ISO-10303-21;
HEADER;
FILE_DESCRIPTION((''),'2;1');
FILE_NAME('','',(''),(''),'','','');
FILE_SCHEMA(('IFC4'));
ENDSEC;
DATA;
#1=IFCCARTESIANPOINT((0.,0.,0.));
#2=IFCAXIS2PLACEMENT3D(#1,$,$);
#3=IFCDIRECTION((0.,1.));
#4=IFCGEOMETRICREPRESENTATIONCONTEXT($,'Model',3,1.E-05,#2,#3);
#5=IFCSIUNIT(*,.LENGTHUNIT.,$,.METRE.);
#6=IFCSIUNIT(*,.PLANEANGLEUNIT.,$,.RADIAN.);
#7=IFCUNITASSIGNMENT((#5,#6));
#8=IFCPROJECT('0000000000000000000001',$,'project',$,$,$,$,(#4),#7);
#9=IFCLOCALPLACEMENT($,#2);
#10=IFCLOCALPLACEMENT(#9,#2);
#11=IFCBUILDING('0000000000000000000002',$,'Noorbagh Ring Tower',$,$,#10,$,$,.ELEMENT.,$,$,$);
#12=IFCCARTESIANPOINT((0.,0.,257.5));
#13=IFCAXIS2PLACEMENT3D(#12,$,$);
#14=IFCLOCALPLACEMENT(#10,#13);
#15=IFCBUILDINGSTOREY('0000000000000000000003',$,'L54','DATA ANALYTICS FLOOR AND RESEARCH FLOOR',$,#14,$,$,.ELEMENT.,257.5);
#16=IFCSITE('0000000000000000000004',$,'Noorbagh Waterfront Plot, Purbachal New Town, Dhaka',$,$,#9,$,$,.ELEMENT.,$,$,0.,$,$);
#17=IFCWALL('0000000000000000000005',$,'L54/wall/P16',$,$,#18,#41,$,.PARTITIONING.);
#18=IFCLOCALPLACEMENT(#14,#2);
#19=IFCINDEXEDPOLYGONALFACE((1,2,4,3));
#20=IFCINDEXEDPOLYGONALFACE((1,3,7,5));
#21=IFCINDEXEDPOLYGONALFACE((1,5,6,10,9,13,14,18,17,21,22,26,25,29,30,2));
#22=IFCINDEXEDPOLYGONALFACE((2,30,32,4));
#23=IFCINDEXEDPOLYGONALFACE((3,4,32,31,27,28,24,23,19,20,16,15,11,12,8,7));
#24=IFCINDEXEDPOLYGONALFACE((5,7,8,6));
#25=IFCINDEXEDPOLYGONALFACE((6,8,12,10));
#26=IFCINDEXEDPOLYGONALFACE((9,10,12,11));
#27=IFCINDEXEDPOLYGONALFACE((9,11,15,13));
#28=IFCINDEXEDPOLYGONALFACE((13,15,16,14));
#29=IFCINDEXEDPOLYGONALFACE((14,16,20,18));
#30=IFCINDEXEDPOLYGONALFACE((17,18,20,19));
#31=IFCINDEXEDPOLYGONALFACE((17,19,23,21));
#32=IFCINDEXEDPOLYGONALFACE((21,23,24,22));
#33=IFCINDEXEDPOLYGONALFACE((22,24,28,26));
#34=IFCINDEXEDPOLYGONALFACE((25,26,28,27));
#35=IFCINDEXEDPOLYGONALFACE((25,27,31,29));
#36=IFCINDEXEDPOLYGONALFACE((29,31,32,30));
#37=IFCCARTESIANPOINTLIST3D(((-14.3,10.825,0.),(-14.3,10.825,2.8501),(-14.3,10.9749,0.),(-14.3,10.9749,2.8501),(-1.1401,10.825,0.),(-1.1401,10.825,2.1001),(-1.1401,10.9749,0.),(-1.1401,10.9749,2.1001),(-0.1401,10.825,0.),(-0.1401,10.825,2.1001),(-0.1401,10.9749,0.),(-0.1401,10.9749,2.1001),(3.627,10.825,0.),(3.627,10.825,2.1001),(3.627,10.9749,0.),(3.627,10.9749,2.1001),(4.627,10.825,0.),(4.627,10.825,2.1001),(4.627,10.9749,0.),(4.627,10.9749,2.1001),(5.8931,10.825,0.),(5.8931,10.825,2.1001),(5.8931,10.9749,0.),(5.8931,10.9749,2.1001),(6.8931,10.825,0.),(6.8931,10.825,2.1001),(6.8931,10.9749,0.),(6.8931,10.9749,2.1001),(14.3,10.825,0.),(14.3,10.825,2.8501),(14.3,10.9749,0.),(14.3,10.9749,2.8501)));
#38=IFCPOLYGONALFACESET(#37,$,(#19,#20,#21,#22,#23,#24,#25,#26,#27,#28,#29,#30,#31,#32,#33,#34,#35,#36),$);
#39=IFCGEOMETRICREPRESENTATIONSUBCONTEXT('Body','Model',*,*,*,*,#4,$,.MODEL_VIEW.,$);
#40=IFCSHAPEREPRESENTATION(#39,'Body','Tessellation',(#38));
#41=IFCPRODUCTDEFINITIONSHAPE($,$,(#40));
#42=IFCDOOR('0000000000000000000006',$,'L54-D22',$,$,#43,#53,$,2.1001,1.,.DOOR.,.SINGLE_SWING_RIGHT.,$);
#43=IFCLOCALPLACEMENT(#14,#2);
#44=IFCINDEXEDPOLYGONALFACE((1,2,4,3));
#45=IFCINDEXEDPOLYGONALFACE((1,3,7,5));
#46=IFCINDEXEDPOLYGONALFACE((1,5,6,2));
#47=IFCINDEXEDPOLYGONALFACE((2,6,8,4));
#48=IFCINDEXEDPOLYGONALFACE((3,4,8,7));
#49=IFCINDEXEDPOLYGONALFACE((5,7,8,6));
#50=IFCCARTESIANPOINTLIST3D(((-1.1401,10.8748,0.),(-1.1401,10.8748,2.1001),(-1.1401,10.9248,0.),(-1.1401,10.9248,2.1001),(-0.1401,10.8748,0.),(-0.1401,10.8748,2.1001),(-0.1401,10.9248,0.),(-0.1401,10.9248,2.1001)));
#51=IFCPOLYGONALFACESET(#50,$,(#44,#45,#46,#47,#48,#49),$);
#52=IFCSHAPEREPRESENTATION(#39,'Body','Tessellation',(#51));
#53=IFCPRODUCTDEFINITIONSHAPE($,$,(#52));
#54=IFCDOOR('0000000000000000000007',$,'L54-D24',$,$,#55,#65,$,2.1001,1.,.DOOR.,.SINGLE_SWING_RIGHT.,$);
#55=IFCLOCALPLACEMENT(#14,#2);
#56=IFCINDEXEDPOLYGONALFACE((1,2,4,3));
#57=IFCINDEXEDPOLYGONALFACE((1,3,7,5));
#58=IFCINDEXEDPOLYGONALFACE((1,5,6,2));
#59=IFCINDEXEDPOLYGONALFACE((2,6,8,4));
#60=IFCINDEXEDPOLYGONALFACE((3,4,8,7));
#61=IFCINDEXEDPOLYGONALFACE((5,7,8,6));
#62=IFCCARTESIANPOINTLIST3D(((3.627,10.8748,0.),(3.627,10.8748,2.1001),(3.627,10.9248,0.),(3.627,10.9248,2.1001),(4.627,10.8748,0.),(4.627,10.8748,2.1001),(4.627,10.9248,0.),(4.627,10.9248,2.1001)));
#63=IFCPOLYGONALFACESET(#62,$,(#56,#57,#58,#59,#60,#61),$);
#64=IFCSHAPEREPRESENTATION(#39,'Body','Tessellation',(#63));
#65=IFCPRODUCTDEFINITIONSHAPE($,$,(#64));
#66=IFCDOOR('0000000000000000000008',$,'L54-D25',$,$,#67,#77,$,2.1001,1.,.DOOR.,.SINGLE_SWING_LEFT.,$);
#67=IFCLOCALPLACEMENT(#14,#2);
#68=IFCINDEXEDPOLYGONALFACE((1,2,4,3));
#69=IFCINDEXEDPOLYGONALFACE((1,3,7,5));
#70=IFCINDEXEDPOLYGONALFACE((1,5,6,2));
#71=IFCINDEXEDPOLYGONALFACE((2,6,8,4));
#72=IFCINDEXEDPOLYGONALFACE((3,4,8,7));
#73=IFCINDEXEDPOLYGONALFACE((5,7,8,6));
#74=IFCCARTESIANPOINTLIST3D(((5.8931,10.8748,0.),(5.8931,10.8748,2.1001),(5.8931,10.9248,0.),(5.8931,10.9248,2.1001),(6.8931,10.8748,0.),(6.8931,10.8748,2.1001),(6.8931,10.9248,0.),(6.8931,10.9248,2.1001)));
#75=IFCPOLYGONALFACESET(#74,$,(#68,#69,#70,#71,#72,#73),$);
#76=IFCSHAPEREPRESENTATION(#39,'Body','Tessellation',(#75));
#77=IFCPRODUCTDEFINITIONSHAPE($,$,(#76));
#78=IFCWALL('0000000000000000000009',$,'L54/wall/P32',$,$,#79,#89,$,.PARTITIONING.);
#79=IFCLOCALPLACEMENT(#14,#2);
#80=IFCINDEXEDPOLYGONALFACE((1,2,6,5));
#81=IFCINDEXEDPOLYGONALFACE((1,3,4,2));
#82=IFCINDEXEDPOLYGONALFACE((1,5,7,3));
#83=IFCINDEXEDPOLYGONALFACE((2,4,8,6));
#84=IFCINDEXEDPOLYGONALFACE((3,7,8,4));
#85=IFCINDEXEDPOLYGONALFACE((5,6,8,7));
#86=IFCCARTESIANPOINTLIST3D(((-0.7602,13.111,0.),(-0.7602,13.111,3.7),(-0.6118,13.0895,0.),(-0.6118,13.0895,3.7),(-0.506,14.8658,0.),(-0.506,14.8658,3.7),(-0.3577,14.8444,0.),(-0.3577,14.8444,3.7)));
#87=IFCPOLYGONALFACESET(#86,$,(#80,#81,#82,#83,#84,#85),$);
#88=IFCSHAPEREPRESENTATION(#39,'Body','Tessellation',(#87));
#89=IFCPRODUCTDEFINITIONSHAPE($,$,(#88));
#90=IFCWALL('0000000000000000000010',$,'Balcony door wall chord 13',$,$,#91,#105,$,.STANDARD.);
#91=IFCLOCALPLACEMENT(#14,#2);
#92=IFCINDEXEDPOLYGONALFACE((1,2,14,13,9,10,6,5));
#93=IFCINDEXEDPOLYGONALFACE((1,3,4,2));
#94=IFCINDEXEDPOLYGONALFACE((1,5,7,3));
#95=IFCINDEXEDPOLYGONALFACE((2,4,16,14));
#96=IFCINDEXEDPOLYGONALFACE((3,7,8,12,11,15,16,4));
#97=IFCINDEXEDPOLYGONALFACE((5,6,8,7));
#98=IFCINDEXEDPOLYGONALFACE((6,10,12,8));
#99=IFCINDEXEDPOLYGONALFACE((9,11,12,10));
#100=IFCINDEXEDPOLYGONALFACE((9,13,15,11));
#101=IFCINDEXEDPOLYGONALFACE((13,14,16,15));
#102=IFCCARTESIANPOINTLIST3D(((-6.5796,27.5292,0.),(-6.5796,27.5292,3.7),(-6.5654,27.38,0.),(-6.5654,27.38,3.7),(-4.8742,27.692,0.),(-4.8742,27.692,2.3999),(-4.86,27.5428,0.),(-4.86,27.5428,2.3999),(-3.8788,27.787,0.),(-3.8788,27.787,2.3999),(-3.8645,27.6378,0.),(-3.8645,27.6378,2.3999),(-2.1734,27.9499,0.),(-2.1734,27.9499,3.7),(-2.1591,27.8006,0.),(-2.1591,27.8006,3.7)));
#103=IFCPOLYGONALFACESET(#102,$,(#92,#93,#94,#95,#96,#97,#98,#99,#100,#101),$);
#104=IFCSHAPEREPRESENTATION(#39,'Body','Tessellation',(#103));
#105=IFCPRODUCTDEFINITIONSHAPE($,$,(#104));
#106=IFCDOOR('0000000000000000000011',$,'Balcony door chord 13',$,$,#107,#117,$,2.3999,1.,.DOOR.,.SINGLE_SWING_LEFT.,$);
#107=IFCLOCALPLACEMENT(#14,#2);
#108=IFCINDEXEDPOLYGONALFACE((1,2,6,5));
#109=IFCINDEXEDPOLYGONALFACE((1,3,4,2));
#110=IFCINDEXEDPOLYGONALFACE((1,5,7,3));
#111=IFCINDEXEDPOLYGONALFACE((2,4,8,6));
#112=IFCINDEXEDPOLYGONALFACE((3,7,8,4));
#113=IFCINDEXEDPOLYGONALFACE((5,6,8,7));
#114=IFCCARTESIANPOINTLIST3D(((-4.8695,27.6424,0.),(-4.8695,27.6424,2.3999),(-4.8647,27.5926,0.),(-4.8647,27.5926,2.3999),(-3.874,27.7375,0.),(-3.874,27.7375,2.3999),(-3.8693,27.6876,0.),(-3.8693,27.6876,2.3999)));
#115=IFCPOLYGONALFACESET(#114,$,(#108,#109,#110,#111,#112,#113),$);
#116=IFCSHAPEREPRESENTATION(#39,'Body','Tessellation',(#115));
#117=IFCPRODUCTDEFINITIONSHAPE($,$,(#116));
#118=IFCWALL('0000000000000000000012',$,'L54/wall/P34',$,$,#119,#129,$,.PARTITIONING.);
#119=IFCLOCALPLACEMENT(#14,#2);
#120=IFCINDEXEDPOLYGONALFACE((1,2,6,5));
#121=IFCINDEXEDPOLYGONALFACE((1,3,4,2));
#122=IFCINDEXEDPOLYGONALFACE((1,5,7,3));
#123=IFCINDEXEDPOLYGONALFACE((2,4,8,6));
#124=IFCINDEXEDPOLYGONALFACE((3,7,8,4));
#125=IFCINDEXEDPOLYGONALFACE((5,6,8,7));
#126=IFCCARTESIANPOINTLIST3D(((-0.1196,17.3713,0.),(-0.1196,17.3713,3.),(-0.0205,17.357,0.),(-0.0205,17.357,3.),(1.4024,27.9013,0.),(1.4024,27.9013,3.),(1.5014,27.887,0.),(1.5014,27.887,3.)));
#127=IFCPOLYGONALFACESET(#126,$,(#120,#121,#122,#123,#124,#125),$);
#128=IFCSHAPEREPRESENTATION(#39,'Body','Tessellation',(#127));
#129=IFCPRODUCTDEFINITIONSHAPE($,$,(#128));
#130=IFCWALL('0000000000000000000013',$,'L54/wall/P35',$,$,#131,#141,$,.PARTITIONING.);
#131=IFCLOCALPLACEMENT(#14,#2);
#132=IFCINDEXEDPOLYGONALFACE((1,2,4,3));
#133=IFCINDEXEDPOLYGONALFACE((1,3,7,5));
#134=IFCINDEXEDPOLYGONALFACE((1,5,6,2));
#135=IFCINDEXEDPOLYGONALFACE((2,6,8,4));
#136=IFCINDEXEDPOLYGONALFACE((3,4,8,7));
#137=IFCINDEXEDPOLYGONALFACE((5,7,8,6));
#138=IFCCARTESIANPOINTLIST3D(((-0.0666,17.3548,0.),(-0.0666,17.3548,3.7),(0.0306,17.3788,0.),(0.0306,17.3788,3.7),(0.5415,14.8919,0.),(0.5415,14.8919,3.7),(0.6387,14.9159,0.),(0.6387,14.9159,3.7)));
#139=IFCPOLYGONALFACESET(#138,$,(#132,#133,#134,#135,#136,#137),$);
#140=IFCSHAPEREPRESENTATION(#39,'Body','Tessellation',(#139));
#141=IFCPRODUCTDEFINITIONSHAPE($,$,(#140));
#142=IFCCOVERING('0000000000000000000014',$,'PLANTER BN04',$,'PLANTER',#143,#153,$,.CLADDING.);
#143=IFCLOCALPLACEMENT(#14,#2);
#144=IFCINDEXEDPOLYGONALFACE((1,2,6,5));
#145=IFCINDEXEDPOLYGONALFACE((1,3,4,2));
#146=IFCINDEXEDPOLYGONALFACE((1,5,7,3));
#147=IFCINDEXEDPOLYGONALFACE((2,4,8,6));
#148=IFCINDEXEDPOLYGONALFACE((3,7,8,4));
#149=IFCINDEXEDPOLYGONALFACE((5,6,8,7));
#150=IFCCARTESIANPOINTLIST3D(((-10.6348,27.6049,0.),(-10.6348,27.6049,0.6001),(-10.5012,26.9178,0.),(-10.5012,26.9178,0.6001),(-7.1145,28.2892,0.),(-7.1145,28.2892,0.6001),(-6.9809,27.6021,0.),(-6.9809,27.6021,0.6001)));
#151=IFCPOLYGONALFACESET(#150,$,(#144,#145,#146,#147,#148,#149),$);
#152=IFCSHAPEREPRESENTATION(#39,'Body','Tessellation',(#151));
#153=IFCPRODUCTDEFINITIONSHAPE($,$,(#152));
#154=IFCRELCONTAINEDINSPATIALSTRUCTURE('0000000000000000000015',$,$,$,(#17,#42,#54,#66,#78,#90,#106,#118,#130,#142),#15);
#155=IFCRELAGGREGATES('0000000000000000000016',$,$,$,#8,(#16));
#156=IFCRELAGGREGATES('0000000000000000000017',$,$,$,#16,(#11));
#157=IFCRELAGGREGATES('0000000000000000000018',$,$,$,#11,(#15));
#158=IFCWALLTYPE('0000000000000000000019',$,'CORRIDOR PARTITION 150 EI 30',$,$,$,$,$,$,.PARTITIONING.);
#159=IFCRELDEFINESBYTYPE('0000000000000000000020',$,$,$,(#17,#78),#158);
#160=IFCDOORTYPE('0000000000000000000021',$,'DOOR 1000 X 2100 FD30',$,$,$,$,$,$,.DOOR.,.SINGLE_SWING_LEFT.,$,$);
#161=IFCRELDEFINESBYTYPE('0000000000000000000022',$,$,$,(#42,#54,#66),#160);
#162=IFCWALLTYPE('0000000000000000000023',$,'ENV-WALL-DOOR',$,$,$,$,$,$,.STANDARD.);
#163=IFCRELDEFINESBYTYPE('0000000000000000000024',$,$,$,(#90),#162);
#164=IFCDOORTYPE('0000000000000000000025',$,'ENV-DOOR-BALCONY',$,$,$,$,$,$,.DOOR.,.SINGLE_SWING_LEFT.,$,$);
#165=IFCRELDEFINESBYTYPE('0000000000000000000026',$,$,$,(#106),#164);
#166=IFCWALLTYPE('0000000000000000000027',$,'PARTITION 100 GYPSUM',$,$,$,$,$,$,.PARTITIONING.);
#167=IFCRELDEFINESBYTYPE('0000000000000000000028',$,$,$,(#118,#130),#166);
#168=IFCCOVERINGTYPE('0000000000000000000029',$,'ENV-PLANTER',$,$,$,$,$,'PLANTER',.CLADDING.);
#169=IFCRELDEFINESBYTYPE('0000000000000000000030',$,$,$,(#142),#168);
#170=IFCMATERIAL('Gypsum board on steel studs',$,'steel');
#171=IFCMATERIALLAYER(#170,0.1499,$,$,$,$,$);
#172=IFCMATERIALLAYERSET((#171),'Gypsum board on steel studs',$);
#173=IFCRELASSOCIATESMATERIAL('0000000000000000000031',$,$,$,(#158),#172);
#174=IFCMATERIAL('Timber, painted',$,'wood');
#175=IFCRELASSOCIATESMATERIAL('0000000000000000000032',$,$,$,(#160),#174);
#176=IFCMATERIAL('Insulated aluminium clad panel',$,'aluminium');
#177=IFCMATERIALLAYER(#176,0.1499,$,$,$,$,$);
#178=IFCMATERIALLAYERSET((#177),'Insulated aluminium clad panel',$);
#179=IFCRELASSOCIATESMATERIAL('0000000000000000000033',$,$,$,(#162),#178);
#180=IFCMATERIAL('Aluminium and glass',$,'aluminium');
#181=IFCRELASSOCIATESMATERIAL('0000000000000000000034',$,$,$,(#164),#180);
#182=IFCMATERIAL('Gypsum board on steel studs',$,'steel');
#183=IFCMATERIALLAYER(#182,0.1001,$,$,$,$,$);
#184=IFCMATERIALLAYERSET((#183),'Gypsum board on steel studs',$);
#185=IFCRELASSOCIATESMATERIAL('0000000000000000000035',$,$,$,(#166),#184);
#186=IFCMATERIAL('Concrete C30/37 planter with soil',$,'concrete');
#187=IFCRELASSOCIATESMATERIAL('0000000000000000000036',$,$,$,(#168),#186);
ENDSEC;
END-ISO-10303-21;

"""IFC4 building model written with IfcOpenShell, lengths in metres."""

from ifc_helpers import new_model, si_unit, direction, frame, frame_2d, origin, origin_2d, place, context, subcontext, project, spatial, rectangle, extrude, material, layer, layer_set, type_object, element, fill, save


model = new_model("IFC4")

# Units and contexts
model_context = context("Model", 3, precision=1e-05, world=origin(), true_north=direction((0.0, 1.0)))
body_context = subcontext(model_context, "Body", "Model", "MODEL_VIEW")
ifc_project = project(units=[si_unit("LENGTHUNIT", "METRE"), si_unit("PLANEANGLEUNIT", "RADIAN")], contexts=[model_context])

# Site, building, storey
site_placement = place(None, origin())
site = spatial("IfcSite", under=ifc_project, at=site_placement, Name="Noorbagh Waterfront Plot, Purbachal New Town, Dhaka", CompositionType="ELEMENT", RefElevation=0.0)
building_placement = place(site_placement, origin())
building = spatial("IfcBuilding", under=site, at=building_placement, Name="Noorbagh Ring Tower", CompositionType="ELEMENT")
storey_placement = place(building_placement, frame((0.0, 0.0, 257.5)))
storey = spatial("IfcBuildingStorey", under=building, at=storey_placement, Name="L54", Description="DATA ANALYTICS FLOOR AND RESEARCH FLOOR", CompositionType="ELEMENT", Elevation=257.5)

# Wall, openings, doors
ifc_material_1 = material(Name="Gypsum board on steel studs", Category="steel")
ifc_layer_1 = layer(ifc_material_1, 0.1499)
ifc_layer_set_1 = layer_set([ifc_layer_1], Name="Gypsum board on steel studs")
wall_type_1 = type_object("IfcWallType", Name="CORRIDOR PARTITION 150 EI 30", PredefinedType="PARTITIONING", material=ifc_layer_set_1)
wall_1_placement = place(storey_placement, frame((-14.3, 10.8999, 0.0), z_axis=(0.0, 0.0, 1.0), x_axis=(1.0, 0.0, 0.0)))
wall_1 = element("IfcWall", 1, at=wall_1_placement, inside=storey, type_object=wall_type_1, Name="L54/wall/P16", PredefinedType="PARTITIONING", context=body_context, shape_type="SweptSolid", body=[
    extrude(rectangle(XDim=28.6001, YDim=0.1499, at=frame_2d((14.3, 0.0))), origin(), (0.0, 0.0, 1.0), 2.8501),
])
opening_1_placement = place(wall_1_placement, frame((13.1599, 0.0, 0.0)))
opening_1 = element("IfcOpeningElement", 2, at=opening_1_placement, cuts=wall_1, PredefinedType="OPENING", context=body_context, shape_type="SweptSolid", body=[
    extrude(rectangle(XDim=1.0, YDim=2.1001, at=frame_2d((0.5, 1.05))), frame((0.0, 0.085, 0.0), z_axis=(0.0, -1.0, 0.0), x_axis=(1.0, 0.0, 0.0)), (0.0, 0.0, 1.0), 0.1699),
])
opening_2_placement = place(wall_1_placement, frame((17.927, 0.0, 0.0)))
opening_2 = element("IfcOpeningElement", 3, at=opening_2_placement, cuts=wall_1, PredefinedType="OPENING", context=body_context, shape_type="SweptSolid", body=[
    extrude(rectangle(XDim=1.0, YDim=2.1001, at=frame_2d((0.5, 1.05))), frame((0.0, 0.085, 0.0), z_axis=(0.0, -1.0, 0.0), x_axis=(1.0, 0.0, 0.0)), (0.0, 0.0, 1.0), 0.1699),
])
opening_3_placement = place(wall_1_placement, frame((20.1931, 0.0, 0.0)))
opening_3 = element("IfcOpeningElement", 4, at=opening_3_placement, cuts=wall_1, PredefinedType="OPENING", context=body_context, shape_type="SweptSolid", body=[
    extrude(rectangle(XDim=1.0, YDim=2.1001, at=frame_2d((0.5, 1.05))), frame((0.0, 0.085, 0.0), z_axis=(0.0, -1.0, 0.0), x_axis=(1.0, 0.0, 0.0)), (0.0, 0.0, 1.0), 0.1699),
])
ifc_material_2 = material(Name="Timber, painted", Category="wood")
door_type_1 = type_object("IfcDoorType", Name="DOOR 1000 X 2100 FD30", OperationType="SINGLE_SWING_LEFT", PredefinedType="DOOR", material=ifc_material_2)
door_1_placement = place(opening_1_placement, origin())
door_1 = element("IfcDoor", 5, at=door_1_placement, inside=storey, type_object=door_type_1, Name="L54-D22", OperationType="SINGLE_SWING_RIGHT", OverallHeight=2.1001, OverallWidth=1.0, PredefinedType="DOOR", context=body_context, shape_type="SweptSolid", body=[
    extrude(rectangle(XDim=1.0, YDim=2.1001, at=frame_2d((0.5, 1.05))), frame((0.0, 0.0249, 0.0), z_axis=(0.0, -1.0, 0.0), x_axis=(1.0, 0.0, 0.0)), (0.0, 0.0, 1.0), 0.05),
])
fill(opening_1, door_1)
door_2_placement = place(opening_2_placement, origin())
door_2 = element("IfcDoor", 6, at=door_2_placement, inside=storey, type_object=door_type_1, Name="L54-D24", OperationType="SINGLE_SWING_RIGHT", OverallHeight=2.1001, OverallWidth=1.0, PredefinedType="DOOR", context=body_context, shape_type="SweptSolid", body=[
    extrude(rectangle(XDim=1.0, YDim=2.1001, at=frame_2d((0.5, 1.05))), frame((0.0, 0.0249, 0.0), z_axis=(0.0, -1.0, 0.0), x_axis=(1.0, 0.0, 0.0)), (0.0, 0.0, 1.0), 0.05),
])
fill(opening_2, door_2)
door_3_placement = place(opening_3_placement, origin())
door_3 = element("IfcDoor", 7, at=door_3_placement, inside=storey, type_object=door_type_1, Name="L54-D25", OperationType="SINGLE_SWING_LEFT", OverallHeight=2.1001, OverallWidth=1.0, PredefinedType="DOOR", context=body_context, shape_type="SweptSolid", body=[
    extrude(rectangle(XDim=1.0, YDim=2.1001, at=frame_2d((0.5, 1.05))), frame((0.0, 0.0249, 0.0), z_axis=(0.0, -1.0, 0.0), x_axis=(1.0, 0.0, 0.0)), (0.0, 0.0, 1.0), 0.05),
])
fill(opening_3, door_3)

# Wall
wall_2_placement = place(storey_placement, frame((-0.686, 13.1001, 0.0), z_axis=(0.0, 0.0, 1.0), x_axis=(0.143329, 0.989675, 0.0)))
element("IfcWall", 8, at=wall_2_placement, inside=storey, type_object=wall_type_1, Name="L54/wall/P32", PredefinedType="PARTITIONING", context=body_context, shape_type="SweptSolid", body=[
    extrude(rectangle(XDim=1.7732, YDim=0.1499, at=frame_2d((0.8867, 0.0))), origin(), (0.0, 0.0, 1.0), 3.7),
])

# Wall, opening, door
ifc_material_3 = material(Name="Insulated aluminium clad panel", Category="aluminium")
ifc_layer_2 = layer(ifc_material_3, 0.1499)
ifc_layer_set_2 = layer_set([ifc_layer_2], Name="Insulated aluminium clad panel")
wall_type_2 = type_object("IfcWallType", Name="ENV-WALL-DOOR", PredefinedType="STANDARD", material=ifc_layer_set_2)
wall_3_placement = place(storey_placement, frame((-2.1663, 27.8752, 0.0), z_axis=(0.0, 0.0, 1.0), x_axis=(-0.995474, -0.095036, 0.0)))
wall_3 = element("IfcWall", 9, at=wall_3_placement, inside=storey, type_object=wall_type_2, Name="Balcony door wall chord 13", PredefinedType="STANDARD", context=body_context, shape_type="SweptSolid", body=[
    extrude(rectangle(XDim=4.4263, YDim=0.1499, at=frame_2d((2.2131, 0.0))), origin(), (0.0, 0.0, 1.0), 3.7),
])
opening_4_placement = place(wall_3_placement, frame((1.7131, 0.0, 0.0)))
opening_4 = element("IfcOpeningElement", 10, at=opening_4_placement, cuts=wall_3, PredefinedType="OPENING", context=body_context, shape_type="SweptSolid", body=[
    extrude(rectangle(XDim=1.0, YDim=2.3999, at=frame_2d((0.5, 1.2))), frame((0.0, 0.085, 0.0), z_axis=(0.0, -1.0, 0.0), x_axis=(1.0, 0.0, 0.0)), (0.0, 0.0, 1.0), 0.1699),
])
ifc_material_4 = material(Name="Aluminium and glass", Category="aluminium")
door_type_2 = type_object("IfcDoorType", Name="ENV-DOOR-BALCONY", OperationType="SINGLE_SWING_LEFT", PredefinedType="DOOR", material=ifc_material_4)
door_4_placement = place(opening_4_placement, origin())
door_4 = element("IfcDoor", 11, at=door_4_placement, inside=storey, type_object=door_type_2, Name="Balcony door chord 13", OperationType="SINGLE_SWING_LEFT", OverallHeight=2.3999, OverallWidth=1.0, PredefinedType="DOOR", context=body_context, shape_type="SweptSolid", body=[
    extrude(rectangle(XDim=1.0, YDim=2.3999, at=frame_2d((0.5, 1.2))), frame((0.0, 0.0249, 0.0), z_axis=(0.0, -1.0, 0.0), x_axis=(1.0, 0.0, 0.0)), (0.0, 0.0, 1.0), 0.05),
])
fill(opening_4, door_4)

# Walls
ifc_material_5 = material(Name="Gypsum board on steel studs", Category="steel")
ifc_layer_3 = layer(ifc_material_5, 0.1001)
ifc_layer_set_3 = layer_set([ifc_layer_3], Name="Gypsum board on steel studs")
wall_type_3 = type_object("IfcWallType", Name="PARTITION 100 GYPSUM", PredefinedType="PARTITIONING", material=ifc_layer_set_3)
wall_4_placement = place(storey_placement, frame((-0.0701, 17.364, 0.0), z_axis=(0.0, 0.0, 1.0), x_axis=(0.14305, 0.989715, 0.0)))
element("IfcWall", 12, at=wall_4_placement, inside=storey, type_object=wall_type_3, Name="L54/wall/P34", PredefinedType="PARTITIONING", context=body_context, shape_type="SweptSolid", body=[
    extrude(rectangle(XDim=10.6394, YDim=0.1001, at=frame_2d((5.3198, 0.0))), origin(), (0.0, 0.0, 1.0), 3.0),
])
wall_5_placement = place(storey_placement, frame((-0.0181, 17.3669, 0.0), z_axis=(0.0, 0.0, 1.0), x_axis=(0.239727, -0.97084, 0.0)))
element("IfcWall", 13, at=wall_5_placement, inside=storey, type_object=wall_type_3, Name="L54/wall/P35", PredefinedType="PARTITIONING", context=body_context, shape_type="SweptSolid", body=[
    extrude(rectangle(XDim=2.5369, YDim=0.1001, at=frame_2d((1.2686, 0.0))), origin(), (0.0, 0.0, 1.0), 3.7),
])

# Covering
ifc_material_6 = material(Name="Concrete C30/37 planter with soil", Category="concrete")
covering_type = type_object("IfcCoveringType", Name="ENV-PLANTER", ElementType="PLANTER", PredefinedType="CLADDING", material=ifc_material_6)
covering_placement = place(storey_placement, frame((-8.8079, 27.6035, 0.0), z_axis=(0.0, 0.0, 1.0), x_axis=(-0.981625, -0.19082, 0.0)))
element("IfcCovering", 14, at=covering_placement, inside=storey, type_object=covering_type, Name="PLANTER BN04", ObjectType="PLANTER", PredefinedType="CLADDING", context=body_context, shape_type="SweptSolid", body=[
    extrude(rectangle(XDim=3.5862, YDim=0.7, at=origin_2d()), origin(), (0.0, 0.0, 1.0), 0.6001),
])

save(model, "model.ifc")
